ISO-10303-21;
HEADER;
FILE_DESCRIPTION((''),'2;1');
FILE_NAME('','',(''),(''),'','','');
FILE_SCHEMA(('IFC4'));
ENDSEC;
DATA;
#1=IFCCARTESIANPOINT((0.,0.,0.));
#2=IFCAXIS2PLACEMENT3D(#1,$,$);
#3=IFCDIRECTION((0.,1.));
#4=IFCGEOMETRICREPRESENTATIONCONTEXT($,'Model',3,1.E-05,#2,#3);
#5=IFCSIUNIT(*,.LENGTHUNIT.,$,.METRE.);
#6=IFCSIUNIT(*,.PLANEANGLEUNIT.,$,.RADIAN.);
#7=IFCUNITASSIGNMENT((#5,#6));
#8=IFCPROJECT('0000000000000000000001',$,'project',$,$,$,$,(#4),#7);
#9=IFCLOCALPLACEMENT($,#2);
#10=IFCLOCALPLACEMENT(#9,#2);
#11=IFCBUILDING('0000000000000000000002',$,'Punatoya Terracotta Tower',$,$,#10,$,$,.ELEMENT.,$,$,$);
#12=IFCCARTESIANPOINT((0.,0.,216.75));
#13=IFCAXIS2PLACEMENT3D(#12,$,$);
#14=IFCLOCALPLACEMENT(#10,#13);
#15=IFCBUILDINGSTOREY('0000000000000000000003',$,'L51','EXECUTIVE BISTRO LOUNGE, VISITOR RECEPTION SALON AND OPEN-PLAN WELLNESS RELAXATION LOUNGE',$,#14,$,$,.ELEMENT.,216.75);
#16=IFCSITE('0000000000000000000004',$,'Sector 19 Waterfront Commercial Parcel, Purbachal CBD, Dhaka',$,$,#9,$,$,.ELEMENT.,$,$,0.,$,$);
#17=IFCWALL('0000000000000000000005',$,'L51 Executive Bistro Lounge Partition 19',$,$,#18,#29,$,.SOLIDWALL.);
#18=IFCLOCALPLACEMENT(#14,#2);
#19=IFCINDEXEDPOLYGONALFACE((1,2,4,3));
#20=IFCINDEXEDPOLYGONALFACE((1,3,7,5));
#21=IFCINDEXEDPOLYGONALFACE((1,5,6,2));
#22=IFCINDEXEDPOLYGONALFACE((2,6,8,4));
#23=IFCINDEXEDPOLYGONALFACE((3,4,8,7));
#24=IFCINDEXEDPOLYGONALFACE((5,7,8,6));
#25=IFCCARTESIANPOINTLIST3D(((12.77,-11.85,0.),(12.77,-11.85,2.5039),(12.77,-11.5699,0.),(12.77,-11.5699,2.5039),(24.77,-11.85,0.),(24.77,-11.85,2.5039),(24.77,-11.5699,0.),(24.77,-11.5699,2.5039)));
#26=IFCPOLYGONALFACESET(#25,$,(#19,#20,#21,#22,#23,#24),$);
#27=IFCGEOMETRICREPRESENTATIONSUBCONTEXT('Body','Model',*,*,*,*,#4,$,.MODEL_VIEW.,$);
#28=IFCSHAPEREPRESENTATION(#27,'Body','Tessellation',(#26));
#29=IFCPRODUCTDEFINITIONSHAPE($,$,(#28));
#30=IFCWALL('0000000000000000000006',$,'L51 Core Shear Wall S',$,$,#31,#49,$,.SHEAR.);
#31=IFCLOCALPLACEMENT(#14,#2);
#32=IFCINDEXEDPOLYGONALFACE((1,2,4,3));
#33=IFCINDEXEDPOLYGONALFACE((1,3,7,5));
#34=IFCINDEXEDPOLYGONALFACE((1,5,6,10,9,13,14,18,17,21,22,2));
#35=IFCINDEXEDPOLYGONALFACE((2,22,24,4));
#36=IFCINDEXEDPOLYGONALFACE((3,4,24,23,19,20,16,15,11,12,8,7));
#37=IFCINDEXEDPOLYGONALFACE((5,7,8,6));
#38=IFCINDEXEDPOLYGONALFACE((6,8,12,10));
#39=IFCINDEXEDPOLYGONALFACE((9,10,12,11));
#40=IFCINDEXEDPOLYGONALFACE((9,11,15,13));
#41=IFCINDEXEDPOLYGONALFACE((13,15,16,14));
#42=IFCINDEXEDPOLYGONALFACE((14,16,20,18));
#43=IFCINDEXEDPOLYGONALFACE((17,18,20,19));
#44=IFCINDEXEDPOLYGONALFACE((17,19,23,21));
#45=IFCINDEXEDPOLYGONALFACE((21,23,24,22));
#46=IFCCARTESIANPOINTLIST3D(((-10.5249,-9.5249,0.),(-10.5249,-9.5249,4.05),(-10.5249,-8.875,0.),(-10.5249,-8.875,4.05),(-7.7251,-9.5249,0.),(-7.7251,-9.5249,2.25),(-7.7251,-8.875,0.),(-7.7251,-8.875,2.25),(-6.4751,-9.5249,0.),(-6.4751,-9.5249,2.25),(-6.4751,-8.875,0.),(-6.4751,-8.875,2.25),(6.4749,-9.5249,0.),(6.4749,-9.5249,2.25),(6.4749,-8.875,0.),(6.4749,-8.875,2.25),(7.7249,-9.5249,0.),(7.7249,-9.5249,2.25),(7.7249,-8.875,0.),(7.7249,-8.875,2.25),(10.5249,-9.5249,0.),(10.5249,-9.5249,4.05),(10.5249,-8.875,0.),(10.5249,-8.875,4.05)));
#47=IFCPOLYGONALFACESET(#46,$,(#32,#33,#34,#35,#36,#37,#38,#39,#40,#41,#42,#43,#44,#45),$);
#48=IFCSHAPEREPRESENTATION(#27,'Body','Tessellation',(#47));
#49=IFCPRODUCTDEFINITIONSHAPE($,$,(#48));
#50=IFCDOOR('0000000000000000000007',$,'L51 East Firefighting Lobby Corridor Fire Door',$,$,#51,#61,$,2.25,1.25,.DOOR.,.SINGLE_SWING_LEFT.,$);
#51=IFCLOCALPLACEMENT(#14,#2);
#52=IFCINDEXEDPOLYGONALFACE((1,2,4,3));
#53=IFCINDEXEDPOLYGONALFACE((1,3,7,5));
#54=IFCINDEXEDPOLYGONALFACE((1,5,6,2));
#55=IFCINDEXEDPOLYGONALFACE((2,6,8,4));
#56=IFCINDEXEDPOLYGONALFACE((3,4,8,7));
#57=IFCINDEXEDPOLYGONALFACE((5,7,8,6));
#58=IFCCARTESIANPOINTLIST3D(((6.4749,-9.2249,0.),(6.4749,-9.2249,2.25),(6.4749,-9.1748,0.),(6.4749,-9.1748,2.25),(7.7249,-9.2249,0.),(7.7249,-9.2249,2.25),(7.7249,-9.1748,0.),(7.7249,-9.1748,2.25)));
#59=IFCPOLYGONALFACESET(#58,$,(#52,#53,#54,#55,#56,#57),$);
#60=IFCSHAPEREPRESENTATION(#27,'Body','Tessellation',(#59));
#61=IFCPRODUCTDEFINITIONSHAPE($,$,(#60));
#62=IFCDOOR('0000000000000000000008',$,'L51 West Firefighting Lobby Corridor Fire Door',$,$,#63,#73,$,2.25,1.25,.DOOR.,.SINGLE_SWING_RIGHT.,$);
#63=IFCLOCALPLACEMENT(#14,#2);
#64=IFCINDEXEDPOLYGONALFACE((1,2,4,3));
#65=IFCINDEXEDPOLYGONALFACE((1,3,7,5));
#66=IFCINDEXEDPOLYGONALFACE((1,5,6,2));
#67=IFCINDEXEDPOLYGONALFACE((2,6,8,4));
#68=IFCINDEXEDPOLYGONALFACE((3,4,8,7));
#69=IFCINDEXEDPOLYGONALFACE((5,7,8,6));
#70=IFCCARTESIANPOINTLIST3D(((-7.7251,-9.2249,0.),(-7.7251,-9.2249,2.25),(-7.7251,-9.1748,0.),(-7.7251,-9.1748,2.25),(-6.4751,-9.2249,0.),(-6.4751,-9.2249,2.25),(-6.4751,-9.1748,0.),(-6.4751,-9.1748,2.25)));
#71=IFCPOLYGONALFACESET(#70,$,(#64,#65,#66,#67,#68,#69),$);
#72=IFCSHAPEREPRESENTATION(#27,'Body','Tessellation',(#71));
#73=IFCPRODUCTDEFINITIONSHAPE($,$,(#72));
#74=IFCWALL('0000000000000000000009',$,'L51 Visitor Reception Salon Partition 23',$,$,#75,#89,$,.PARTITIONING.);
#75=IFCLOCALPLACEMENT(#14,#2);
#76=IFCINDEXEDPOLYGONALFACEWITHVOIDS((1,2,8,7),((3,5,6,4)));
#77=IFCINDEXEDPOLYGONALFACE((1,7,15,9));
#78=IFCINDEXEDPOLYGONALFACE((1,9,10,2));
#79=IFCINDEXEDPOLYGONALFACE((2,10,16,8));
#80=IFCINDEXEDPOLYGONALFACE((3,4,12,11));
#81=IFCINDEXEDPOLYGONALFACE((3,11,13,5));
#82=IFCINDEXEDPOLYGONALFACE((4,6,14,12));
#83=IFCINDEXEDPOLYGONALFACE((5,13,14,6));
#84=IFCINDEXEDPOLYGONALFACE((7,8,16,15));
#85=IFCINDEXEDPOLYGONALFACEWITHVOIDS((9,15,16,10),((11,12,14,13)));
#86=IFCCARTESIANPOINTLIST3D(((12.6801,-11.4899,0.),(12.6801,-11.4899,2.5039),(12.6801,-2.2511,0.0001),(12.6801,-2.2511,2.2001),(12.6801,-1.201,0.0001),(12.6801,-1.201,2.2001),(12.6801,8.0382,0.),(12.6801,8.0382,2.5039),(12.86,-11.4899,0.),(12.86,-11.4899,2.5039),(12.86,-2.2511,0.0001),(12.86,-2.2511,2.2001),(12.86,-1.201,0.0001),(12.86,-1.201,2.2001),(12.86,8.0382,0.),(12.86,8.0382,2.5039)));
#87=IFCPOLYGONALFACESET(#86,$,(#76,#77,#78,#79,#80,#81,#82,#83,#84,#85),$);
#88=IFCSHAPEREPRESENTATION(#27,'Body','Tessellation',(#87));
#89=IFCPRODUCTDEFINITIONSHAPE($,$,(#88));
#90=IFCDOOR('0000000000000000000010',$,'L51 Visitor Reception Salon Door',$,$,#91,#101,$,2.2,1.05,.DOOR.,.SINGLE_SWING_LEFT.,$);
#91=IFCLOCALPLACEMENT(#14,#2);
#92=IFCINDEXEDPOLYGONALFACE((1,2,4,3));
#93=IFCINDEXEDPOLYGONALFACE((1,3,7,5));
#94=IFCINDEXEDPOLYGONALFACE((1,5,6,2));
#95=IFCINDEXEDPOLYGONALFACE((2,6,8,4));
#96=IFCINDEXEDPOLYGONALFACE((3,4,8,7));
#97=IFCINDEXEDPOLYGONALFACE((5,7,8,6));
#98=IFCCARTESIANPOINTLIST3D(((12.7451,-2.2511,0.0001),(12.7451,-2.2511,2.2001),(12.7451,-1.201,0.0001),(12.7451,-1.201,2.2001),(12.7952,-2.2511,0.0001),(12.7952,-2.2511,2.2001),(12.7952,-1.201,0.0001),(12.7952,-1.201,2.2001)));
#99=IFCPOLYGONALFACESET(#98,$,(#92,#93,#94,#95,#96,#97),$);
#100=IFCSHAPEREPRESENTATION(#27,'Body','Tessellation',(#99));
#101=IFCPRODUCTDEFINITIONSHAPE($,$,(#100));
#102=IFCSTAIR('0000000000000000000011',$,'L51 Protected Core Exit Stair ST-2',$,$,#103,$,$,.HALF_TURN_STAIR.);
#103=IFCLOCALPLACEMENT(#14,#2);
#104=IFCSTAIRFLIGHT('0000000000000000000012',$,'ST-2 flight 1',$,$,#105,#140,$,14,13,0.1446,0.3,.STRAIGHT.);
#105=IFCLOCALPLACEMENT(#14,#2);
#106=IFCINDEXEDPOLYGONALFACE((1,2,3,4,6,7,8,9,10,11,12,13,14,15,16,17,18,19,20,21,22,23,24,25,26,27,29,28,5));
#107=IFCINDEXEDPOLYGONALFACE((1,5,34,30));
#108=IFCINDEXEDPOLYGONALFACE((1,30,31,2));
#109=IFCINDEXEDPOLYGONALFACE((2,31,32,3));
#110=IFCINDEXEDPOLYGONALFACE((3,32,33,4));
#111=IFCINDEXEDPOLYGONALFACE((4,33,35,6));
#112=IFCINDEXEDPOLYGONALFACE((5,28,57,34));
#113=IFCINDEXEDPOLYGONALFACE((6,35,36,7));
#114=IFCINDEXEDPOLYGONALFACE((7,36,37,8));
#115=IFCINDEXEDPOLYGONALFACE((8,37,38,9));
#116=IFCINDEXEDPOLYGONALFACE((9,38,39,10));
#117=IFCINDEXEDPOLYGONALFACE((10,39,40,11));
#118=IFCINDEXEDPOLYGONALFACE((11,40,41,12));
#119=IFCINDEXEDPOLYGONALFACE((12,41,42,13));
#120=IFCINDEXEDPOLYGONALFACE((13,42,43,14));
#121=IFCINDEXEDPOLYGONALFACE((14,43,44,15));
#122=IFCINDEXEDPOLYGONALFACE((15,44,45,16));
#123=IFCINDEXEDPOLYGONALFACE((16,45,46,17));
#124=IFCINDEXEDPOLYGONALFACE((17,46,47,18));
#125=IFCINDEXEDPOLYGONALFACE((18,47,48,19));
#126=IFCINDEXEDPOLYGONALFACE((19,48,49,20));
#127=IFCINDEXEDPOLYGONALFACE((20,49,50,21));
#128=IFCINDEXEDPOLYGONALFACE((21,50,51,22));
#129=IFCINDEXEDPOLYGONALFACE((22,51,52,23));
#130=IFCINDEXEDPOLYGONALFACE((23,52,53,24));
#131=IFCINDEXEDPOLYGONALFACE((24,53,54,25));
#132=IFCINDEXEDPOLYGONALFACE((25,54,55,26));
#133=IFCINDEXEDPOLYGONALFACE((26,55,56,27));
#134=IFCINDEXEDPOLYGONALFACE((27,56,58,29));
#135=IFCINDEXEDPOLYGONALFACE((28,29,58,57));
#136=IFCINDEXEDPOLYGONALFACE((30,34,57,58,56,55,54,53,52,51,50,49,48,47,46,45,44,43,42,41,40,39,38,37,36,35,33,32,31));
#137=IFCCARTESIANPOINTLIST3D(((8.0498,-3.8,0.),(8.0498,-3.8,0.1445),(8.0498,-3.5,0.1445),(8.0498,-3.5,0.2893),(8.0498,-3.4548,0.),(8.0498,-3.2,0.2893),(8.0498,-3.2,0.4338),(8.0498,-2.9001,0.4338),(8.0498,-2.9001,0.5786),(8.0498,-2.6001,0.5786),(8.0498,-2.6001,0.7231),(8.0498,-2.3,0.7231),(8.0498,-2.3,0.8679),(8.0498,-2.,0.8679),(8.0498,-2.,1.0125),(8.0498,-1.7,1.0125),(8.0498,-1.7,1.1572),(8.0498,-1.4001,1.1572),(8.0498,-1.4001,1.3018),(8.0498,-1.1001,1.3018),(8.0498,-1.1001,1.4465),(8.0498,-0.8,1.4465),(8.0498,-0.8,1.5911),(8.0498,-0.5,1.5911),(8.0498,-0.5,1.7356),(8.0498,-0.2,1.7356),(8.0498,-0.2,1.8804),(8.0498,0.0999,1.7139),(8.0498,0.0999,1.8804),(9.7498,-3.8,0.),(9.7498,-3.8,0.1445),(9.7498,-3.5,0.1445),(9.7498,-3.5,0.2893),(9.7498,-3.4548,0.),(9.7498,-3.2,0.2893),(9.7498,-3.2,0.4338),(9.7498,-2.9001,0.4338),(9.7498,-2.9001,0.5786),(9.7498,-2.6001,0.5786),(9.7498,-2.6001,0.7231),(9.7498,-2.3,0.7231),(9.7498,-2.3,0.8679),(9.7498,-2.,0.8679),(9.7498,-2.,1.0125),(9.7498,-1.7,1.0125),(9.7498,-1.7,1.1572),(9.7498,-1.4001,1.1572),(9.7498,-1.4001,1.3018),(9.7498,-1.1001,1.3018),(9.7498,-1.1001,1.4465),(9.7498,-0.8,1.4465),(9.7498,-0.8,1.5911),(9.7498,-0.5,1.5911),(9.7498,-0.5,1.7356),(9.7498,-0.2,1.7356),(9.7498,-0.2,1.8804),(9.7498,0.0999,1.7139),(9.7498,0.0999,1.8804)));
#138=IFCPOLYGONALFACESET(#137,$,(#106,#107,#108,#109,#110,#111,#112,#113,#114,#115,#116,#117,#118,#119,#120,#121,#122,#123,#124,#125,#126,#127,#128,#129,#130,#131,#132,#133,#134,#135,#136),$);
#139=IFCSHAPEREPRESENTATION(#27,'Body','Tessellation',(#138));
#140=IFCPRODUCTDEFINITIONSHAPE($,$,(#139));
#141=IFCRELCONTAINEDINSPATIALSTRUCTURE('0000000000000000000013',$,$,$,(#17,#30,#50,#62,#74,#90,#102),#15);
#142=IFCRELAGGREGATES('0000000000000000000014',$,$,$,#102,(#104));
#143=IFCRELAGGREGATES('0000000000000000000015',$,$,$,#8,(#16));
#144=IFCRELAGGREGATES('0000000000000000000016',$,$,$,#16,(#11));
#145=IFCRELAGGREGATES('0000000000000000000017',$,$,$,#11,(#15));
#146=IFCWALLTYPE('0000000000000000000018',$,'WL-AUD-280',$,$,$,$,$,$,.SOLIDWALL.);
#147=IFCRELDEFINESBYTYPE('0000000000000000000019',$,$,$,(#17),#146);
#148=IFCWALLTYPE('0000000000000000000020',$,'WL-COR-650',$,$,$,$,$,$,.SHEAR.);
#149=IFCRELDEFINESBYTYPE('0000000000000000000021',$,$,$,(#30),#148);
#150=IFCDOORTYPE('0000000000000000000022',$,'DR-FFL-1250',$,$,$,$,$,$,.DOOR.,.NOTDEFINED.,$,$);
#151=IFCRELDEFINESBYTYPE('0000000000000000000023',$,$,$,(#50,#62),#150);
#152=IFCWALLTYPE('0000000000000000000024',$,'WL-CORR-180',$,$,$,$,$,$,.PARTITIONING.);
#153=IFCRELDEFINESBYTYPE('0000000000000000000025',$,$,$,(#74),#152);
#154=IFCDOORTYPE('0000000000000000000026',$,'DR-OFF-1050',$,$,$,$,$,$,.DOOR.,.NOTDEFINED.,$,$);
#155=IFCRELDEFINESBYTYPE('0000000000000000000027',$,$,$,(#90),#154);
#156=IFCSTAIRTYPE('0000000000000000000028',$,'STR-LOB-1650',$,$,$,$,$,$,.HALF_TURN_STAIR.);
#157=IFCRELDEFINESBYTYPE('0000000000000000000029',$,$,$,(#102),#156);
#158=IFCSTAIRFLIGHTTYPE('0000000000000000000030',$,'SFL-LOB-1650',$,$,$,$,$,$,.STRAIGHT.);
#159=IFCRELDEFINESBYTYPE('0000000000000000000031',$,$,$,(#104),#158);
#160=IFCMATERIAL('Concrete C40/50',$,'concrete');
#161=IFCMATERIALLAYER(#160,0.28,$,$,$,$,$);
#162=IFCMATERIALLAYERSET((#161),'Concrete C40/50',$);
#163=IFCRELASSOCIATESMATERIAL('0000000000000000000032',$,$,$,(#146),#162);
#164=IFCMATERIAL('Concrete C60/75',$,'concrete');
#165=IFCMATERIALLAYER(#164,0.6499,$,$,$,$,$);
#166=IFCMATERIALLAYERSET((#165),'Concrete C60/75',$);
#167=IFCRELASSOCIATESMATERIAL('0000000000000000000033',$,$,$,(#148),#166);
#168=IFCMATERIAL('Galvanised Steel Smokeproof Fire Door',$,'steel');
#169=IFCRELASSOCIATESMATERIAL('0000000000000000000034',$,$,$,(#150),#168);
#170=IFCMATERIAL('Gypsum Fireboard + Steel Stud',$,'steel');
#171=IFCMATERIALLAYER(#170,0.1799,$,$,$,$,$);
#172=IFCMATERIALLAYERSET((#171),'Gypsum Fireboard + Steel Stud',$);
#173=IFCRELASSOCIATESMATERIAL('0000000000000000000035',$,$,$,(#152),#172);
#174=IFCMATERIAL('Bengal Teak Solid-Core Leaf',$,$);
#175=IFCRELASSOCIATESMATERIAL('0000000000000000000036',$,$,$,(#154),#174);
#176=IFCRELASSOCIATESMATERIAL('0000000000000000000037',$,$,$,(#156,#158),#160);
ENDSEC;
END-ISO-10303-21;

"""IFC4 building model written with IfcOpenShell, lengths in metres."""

from ifc_helpers import new_model, si_unit, direction, frame, frame_2d, origin, place, context, subcontext, project, spatial, polyline, rectangle, outline, extrude, material, layer, layer_set, type_object, element, fill, aggregate, save


model = new_model("IFC4")

# Units and contexts
model_context = context("Model", 3, precision=1e-05, world=origin(), true_north=direction((0.0, 1.0)))
body_context = subcontext(model_context, "Body", "Model", "MODEL_VIEW")
ifc_project = project(units=[si_unit("LENGTHUNIT", "METRE"), si_unit("PLANEANGLEUNIT", "RADIAN")], contexts=[model_context])

# Site, building, storey
site_placement = place(None, origin())
site = spatial("IfcSite", under=ifc_project, at=site_placement, Name="Sector 19 Waterfront Commercial Parcel, Purbachal CBD, Dhaka", CompositionType="ELEMENT", RefElevation=0.0)
building_placement = place(site_placement, origin())
building = spatial("IfcBuilding", under=site, at=building_placement, Name="Punatoya Terracotta Tower", CompositionType="ELEMENT")
storey_placement = place(building_placement, frame((0.0, 0.0, 216.75)))
storey = spatial("IfcBuildingStorey", under=building, at=storey_placement, Name="L51", Description="EXECUTIVE BISTRO LOUNGE, VISITOR RECEPTION SALON AND OPEN-PLAN WELLNESS RELAXATION LOUNGE", CompositionType="ELEMENT", Elevation=216.75)

# Wall
ifc_material_1 = material(Name="Concrete C40/50", Category="concrete")
ifc_layer_1 = layer(ifc_material_1, 0.28)
ifc_layer_set_1 = layer_set([ifc_layer_1], Name="Concrete C40/50")
wall_type_1 = type_object("IfcWallType", Name="WL-AUD-280", PredefinedType="SOLIDWALL", material=ifc_layer_set_1)
wall_1_placement = place(storey_placement, frame((12.77, -11.71, 0.0), z_axis=(0.0, 0.0, 1.0), x_axis=(1.0, 0.0, 0.0)))
element("IfcWall", 1, at=wall_1_placement, inside=storey, type_object=wall_type_1, Name="L51 Executive Bistro Lounge Partition 19", PredefinedType="SOLIDWALL", context=body_context, shape_type="SweptSolid", body=[
    extrude(rectangle(XDim=12.0, YDim=0.28, at=frame_2d((6.0, 0.0))), origin(), (0.0, 0.0, 1.0), 2.5039),
])

# Wall, openings, doors
ifc_material_2 = material(Name="Concrete C60/75", Category="concrete")
ifc_layer_2 = layer(ifc_material_2, 0.6499)
ifc_layer_set_2 = layer_set([ifc_layer_2], Name="Concrete C60/75")
wall_type_2 = type_object("IfcWallType", Name="WL-COR-650", PredefinedType="SHEAR", material=ifc_layer_set_2)
wall_2_placement = place(storey_placement, frame((10.5249, -9.2, 0.0), z_axis=(0.0, 0.0, 1.0), x_axis=(-1.0, 0.0, 0.0)))
wall_2 = element("IfcWall", 2, at=wall_2_placement, inside=storey, type_object=wall_type_2, Name="L51 Core Shear Wall S", PredefinedType="SHEAR", context=body_context, shape_type="SweptSolid", body=[
    extrude(rectangle(XDim=21.0498, YDim=0.6499, at=frame_2d((10.5249, 0.0))), origin(), (0.0, 0.0, 1.0), 4.05),
])
opening_1_placement = place(wall_2_placement, frame((2.8, 0.0, 0.0)))
opening_1 = element("IfcOpeningElement", 3, at=opening_1_placement, cuts=wall_2, PredefinedType="OPENING", context=body_context, shape_type="SweptSolid", body=[
    extrude(rectangle(XDim=1.25, YDim=2.25, at=frame_2d((0.625, 1.125))), frame((0.0, 0.335, 0.0), z_axis=(0.0, -1.0, 0.0), x_axis=(1.0, 0.0, 0.0)), (0.0, 0.0, 1.0), 0.6699),
])
opening_2_placement = place(wall_2_placement, frame((17.0, 0.0, 0.0)))
opening_2 = element("IfcOpeningElement", 4, at=opening_2_placement, cuts=wall_2, PredefinedType="OPENING", context=body_context, shape_type="SweptSolid", body=[
    extrude(rectangle(XDim=1.25, YDim=2.25, at=frame_2d((0.625, 1.125))), frame((0.0, 0.335, 0.0), z_axis=(0.0, -1.0, 0.0), x_axis=(1.0, 0.0, 0.0)), (0.0, 0.0, 1.0), 0.6699),
])
ifc_material_3 = material(Name="Galvanised Steel Smokeproof Fire Door", Category="steel")
door_type_1 = type_object("IfcDoorType", Name="DR-FFL-1250", OperationType="NOTDEFINED", PredefinedType="DOOR", material=ifc_material_3)
door_1_placement = place(opening_1_placement, origin())
door_1 = element("IfcDoor", 5, at=door_1_placement, inside=storey, type_object=door_type_1, Name="L51 East Firefighting Lobby Corridor Fire Door", OperationType="SINGLE_SWING_LEFT", OverallHeight=2.25, OverallWidth=1.25, PredefinedType="DOOR", context=body_context, shape_type="SweptSolid", body=[
    extrude(rectangle(XDim=1.25, YDim=2.25, at=frame_2d((0.625, 1.125))), frame((0.0, 0.0249, 0.0), z_axis=(0.0, -1.0, 0.0), x_axis=(1.0, 0.0, 0.0)), (0.0, 0.0, 1.0), 0.05),
])
fill(opening_1, door_1)
door_2_placement = place(opening_2_placement, origin())
door_2 = element("IfcDoor", 6, at=door_2_placement, inside=storey, type_object=door_type_1, Name="L51 West Firefighting Lobby Corridor Fire Door", OperationType="SINGLE_SWING_RIGHT", OverallHeight=2.25, OverallWidth=1.25, PredefinedType="DOOR", context=body_context, shape_type="SweptSolid", body=[
    extrude(rectangle(XDim=1.25, YDim=2.25, at=frame_2d((0.625, 1.125))), frame((0.0, 0.0249, 0.0), z_axis=(0.0, -1.0, 0.0), x_axis=(1.0, 0.0, 0.0)), (0.0, 0.0, 1.0), 0.05),
])
fill(opening_2, door_2)

# Wall, opening, door
ifc_material_4 = material(Name="Gypsum Fireboard + Steel Stud", Category="steel")
ifc_layer_3 = layer(ifc_material_4, 0.1799)
ifc_layer_set_3 = layer_set([ifc_layer_3], Name="Gypsum Fireboard + Steel Stud")
wall_type_3 = type_object("IfcWallType", Name="WL-CORR-180", PredefinedType="PARTITIONING", material=ifc_layer_set_3)
wall_3_placement = place(storey_placement, frame((12.77, -11.49, 0.0), z_axis=(0.0, 0.0, 1.0), x_axis=(0.0, 1.0, 0.0)))
wall_3 = element("IfcWall", 7, at=wall_3_placement, inside=storey, type_object=wall_type_3, Name="L51 Visitor Reception Salon Partition 23", PredefinedType="PARTITIONING", context=body_context, shape_type="SweptSolid", body=[
    extrude(rectangle(XDim=19.5281, YDim=0.1799, at=frame_2d((9.7642, 0.0))), origin(), (0.0, 0.0, 1.0), 2.5039),
])
opening_3_placement = place(wall_3_placement, frame((9.239, 0.0, 0.0)))
opening_3 = element("IfcOpeningElement", 8, at=opening_3_placement, cuts=wall_3, PredefinedType="OPENING", context=body_context, shape_type="SweptSolid", body=[
    extrude(rectangle(XDim=1.05, YDim=2.2, at=frame_2d((0.5249, 1.1001))), frame((0.0, 0.0999, 0.0), z_axis=(0.0, -1.0, 0.0), x_axis=(1.0, 0.0, 0.0)), (0.0, 0.0, 1.0), 0.2),
])
ifc_material_5 = material(Name="Bengal Teak Solid-Core Leaf")
door_type_2 = type_object("IfcDoorType", Name="DR-OFF-1050", OperationType="NOTDEFINED", PredefinedType="DOOR", material=ifc_material_5)
door_3_placement = place(opening_3_placement, origin())
door_3 = element("IfcDoor", 9, at=door_3_placement, inside=storey, type_object=door_type_2, Name="L51 Visitor Reception Salon Door", OperationType="SINGLE_SWING_LEFT", OverallHeight=2.2, OverallWidth=1.05, PredefinedType="DOOR", context=body_context, shape_type="SweptSolid", body=[
    extrude(rectangle(XDim=1.05, YDim=2.2, at=frame_2d((0.5249, 1.1001))), frame((0.0, 0.0249, 0.0), z_axis=(0.0, -1.0, 0.0), x_axis=(1.0, 0.0, 0.0)), (0.0, 0.0, 1.0), 0.05),
])
fill(opening_3, door_3)

# Stair, stair flight
stair_type = type_object("IfcStairType", Name="STR-LOB-1650", PredefinedType="HALF_TURN_STAIR", material=ifc_material_1)
stair_placement = place(storey_placement, origin())
stair = element("IfcStair", 10, at=stair_placement, inside=storey, type_object=stair_type, Name="L51 Protected Core Exit Stair ST-2", PredefinedType="HALF_TURN_STAIR")
stair_flight_type = type_object("IfcStairFlightType", Name="SFL-LOB-1650", PredefinedType="STRAIGHT", material=ifc_material_1)
stair_flight_placement = place(storey_placement, frame((8.8999, -3.8, 0.0), z_axis=(0.0, 0.0, 1.0), x_axis=(0.0, 1.0, 0.0)))
stair_flight = element("IfcStairFlight", 11, at=stair_flight_placement, type_object=stair_flight_type, Name="ST-2 flight 1", NumberOfRisers=14, NumberOfTreads=13, PredefinedType="STRAIGHT", RiserHeight=0.1446, TreadLength=0.3, context=body_context, shape_type="SweptSolid", body=[
    extrude(outline(polyline([(0.0, 0.0), (0.0, 0.1445), (0.3, 0.1445), (0.3, 0.2893), (0.6001, 0.2893), (0.6001, 0.4338), (0.8999, 0.4338), (0.8999, 0.5786), (1.2, 0.5786), (1.2, 0.7231), (1.5, 0.7231), (1.5, 0.8679), (1.8, 0.8679), (1.8, 1.0125), (2.1001, 1.0125), (2.1001, 1.1572), (2.3999, 1.1572), (2.3999, 1.3018), (2.7, 1.3018), (2.7, 1.4465), (3.0, 1.4465), (3.0, 1.5911), (3.3, 1.5911), (3.3, 1.7356), (3.6001, 1.7356), (3.6001, 1.8804), (3.8999, 1.8804), (3.8999, 2.0249), (3.8999, 1.7139), (0.3452, 0.0), (0.0, 0.0)])), frame((0.0, 0.8501, 0.0), z_axis=(0.0, -1.0, 0.0), x_axis=(1.0, 0.0, 0.0)), (0.0, 0.0, 1.0), 1.7),
])
aggregate(stair, [stair_flight])

save(model, "model.ifc")
